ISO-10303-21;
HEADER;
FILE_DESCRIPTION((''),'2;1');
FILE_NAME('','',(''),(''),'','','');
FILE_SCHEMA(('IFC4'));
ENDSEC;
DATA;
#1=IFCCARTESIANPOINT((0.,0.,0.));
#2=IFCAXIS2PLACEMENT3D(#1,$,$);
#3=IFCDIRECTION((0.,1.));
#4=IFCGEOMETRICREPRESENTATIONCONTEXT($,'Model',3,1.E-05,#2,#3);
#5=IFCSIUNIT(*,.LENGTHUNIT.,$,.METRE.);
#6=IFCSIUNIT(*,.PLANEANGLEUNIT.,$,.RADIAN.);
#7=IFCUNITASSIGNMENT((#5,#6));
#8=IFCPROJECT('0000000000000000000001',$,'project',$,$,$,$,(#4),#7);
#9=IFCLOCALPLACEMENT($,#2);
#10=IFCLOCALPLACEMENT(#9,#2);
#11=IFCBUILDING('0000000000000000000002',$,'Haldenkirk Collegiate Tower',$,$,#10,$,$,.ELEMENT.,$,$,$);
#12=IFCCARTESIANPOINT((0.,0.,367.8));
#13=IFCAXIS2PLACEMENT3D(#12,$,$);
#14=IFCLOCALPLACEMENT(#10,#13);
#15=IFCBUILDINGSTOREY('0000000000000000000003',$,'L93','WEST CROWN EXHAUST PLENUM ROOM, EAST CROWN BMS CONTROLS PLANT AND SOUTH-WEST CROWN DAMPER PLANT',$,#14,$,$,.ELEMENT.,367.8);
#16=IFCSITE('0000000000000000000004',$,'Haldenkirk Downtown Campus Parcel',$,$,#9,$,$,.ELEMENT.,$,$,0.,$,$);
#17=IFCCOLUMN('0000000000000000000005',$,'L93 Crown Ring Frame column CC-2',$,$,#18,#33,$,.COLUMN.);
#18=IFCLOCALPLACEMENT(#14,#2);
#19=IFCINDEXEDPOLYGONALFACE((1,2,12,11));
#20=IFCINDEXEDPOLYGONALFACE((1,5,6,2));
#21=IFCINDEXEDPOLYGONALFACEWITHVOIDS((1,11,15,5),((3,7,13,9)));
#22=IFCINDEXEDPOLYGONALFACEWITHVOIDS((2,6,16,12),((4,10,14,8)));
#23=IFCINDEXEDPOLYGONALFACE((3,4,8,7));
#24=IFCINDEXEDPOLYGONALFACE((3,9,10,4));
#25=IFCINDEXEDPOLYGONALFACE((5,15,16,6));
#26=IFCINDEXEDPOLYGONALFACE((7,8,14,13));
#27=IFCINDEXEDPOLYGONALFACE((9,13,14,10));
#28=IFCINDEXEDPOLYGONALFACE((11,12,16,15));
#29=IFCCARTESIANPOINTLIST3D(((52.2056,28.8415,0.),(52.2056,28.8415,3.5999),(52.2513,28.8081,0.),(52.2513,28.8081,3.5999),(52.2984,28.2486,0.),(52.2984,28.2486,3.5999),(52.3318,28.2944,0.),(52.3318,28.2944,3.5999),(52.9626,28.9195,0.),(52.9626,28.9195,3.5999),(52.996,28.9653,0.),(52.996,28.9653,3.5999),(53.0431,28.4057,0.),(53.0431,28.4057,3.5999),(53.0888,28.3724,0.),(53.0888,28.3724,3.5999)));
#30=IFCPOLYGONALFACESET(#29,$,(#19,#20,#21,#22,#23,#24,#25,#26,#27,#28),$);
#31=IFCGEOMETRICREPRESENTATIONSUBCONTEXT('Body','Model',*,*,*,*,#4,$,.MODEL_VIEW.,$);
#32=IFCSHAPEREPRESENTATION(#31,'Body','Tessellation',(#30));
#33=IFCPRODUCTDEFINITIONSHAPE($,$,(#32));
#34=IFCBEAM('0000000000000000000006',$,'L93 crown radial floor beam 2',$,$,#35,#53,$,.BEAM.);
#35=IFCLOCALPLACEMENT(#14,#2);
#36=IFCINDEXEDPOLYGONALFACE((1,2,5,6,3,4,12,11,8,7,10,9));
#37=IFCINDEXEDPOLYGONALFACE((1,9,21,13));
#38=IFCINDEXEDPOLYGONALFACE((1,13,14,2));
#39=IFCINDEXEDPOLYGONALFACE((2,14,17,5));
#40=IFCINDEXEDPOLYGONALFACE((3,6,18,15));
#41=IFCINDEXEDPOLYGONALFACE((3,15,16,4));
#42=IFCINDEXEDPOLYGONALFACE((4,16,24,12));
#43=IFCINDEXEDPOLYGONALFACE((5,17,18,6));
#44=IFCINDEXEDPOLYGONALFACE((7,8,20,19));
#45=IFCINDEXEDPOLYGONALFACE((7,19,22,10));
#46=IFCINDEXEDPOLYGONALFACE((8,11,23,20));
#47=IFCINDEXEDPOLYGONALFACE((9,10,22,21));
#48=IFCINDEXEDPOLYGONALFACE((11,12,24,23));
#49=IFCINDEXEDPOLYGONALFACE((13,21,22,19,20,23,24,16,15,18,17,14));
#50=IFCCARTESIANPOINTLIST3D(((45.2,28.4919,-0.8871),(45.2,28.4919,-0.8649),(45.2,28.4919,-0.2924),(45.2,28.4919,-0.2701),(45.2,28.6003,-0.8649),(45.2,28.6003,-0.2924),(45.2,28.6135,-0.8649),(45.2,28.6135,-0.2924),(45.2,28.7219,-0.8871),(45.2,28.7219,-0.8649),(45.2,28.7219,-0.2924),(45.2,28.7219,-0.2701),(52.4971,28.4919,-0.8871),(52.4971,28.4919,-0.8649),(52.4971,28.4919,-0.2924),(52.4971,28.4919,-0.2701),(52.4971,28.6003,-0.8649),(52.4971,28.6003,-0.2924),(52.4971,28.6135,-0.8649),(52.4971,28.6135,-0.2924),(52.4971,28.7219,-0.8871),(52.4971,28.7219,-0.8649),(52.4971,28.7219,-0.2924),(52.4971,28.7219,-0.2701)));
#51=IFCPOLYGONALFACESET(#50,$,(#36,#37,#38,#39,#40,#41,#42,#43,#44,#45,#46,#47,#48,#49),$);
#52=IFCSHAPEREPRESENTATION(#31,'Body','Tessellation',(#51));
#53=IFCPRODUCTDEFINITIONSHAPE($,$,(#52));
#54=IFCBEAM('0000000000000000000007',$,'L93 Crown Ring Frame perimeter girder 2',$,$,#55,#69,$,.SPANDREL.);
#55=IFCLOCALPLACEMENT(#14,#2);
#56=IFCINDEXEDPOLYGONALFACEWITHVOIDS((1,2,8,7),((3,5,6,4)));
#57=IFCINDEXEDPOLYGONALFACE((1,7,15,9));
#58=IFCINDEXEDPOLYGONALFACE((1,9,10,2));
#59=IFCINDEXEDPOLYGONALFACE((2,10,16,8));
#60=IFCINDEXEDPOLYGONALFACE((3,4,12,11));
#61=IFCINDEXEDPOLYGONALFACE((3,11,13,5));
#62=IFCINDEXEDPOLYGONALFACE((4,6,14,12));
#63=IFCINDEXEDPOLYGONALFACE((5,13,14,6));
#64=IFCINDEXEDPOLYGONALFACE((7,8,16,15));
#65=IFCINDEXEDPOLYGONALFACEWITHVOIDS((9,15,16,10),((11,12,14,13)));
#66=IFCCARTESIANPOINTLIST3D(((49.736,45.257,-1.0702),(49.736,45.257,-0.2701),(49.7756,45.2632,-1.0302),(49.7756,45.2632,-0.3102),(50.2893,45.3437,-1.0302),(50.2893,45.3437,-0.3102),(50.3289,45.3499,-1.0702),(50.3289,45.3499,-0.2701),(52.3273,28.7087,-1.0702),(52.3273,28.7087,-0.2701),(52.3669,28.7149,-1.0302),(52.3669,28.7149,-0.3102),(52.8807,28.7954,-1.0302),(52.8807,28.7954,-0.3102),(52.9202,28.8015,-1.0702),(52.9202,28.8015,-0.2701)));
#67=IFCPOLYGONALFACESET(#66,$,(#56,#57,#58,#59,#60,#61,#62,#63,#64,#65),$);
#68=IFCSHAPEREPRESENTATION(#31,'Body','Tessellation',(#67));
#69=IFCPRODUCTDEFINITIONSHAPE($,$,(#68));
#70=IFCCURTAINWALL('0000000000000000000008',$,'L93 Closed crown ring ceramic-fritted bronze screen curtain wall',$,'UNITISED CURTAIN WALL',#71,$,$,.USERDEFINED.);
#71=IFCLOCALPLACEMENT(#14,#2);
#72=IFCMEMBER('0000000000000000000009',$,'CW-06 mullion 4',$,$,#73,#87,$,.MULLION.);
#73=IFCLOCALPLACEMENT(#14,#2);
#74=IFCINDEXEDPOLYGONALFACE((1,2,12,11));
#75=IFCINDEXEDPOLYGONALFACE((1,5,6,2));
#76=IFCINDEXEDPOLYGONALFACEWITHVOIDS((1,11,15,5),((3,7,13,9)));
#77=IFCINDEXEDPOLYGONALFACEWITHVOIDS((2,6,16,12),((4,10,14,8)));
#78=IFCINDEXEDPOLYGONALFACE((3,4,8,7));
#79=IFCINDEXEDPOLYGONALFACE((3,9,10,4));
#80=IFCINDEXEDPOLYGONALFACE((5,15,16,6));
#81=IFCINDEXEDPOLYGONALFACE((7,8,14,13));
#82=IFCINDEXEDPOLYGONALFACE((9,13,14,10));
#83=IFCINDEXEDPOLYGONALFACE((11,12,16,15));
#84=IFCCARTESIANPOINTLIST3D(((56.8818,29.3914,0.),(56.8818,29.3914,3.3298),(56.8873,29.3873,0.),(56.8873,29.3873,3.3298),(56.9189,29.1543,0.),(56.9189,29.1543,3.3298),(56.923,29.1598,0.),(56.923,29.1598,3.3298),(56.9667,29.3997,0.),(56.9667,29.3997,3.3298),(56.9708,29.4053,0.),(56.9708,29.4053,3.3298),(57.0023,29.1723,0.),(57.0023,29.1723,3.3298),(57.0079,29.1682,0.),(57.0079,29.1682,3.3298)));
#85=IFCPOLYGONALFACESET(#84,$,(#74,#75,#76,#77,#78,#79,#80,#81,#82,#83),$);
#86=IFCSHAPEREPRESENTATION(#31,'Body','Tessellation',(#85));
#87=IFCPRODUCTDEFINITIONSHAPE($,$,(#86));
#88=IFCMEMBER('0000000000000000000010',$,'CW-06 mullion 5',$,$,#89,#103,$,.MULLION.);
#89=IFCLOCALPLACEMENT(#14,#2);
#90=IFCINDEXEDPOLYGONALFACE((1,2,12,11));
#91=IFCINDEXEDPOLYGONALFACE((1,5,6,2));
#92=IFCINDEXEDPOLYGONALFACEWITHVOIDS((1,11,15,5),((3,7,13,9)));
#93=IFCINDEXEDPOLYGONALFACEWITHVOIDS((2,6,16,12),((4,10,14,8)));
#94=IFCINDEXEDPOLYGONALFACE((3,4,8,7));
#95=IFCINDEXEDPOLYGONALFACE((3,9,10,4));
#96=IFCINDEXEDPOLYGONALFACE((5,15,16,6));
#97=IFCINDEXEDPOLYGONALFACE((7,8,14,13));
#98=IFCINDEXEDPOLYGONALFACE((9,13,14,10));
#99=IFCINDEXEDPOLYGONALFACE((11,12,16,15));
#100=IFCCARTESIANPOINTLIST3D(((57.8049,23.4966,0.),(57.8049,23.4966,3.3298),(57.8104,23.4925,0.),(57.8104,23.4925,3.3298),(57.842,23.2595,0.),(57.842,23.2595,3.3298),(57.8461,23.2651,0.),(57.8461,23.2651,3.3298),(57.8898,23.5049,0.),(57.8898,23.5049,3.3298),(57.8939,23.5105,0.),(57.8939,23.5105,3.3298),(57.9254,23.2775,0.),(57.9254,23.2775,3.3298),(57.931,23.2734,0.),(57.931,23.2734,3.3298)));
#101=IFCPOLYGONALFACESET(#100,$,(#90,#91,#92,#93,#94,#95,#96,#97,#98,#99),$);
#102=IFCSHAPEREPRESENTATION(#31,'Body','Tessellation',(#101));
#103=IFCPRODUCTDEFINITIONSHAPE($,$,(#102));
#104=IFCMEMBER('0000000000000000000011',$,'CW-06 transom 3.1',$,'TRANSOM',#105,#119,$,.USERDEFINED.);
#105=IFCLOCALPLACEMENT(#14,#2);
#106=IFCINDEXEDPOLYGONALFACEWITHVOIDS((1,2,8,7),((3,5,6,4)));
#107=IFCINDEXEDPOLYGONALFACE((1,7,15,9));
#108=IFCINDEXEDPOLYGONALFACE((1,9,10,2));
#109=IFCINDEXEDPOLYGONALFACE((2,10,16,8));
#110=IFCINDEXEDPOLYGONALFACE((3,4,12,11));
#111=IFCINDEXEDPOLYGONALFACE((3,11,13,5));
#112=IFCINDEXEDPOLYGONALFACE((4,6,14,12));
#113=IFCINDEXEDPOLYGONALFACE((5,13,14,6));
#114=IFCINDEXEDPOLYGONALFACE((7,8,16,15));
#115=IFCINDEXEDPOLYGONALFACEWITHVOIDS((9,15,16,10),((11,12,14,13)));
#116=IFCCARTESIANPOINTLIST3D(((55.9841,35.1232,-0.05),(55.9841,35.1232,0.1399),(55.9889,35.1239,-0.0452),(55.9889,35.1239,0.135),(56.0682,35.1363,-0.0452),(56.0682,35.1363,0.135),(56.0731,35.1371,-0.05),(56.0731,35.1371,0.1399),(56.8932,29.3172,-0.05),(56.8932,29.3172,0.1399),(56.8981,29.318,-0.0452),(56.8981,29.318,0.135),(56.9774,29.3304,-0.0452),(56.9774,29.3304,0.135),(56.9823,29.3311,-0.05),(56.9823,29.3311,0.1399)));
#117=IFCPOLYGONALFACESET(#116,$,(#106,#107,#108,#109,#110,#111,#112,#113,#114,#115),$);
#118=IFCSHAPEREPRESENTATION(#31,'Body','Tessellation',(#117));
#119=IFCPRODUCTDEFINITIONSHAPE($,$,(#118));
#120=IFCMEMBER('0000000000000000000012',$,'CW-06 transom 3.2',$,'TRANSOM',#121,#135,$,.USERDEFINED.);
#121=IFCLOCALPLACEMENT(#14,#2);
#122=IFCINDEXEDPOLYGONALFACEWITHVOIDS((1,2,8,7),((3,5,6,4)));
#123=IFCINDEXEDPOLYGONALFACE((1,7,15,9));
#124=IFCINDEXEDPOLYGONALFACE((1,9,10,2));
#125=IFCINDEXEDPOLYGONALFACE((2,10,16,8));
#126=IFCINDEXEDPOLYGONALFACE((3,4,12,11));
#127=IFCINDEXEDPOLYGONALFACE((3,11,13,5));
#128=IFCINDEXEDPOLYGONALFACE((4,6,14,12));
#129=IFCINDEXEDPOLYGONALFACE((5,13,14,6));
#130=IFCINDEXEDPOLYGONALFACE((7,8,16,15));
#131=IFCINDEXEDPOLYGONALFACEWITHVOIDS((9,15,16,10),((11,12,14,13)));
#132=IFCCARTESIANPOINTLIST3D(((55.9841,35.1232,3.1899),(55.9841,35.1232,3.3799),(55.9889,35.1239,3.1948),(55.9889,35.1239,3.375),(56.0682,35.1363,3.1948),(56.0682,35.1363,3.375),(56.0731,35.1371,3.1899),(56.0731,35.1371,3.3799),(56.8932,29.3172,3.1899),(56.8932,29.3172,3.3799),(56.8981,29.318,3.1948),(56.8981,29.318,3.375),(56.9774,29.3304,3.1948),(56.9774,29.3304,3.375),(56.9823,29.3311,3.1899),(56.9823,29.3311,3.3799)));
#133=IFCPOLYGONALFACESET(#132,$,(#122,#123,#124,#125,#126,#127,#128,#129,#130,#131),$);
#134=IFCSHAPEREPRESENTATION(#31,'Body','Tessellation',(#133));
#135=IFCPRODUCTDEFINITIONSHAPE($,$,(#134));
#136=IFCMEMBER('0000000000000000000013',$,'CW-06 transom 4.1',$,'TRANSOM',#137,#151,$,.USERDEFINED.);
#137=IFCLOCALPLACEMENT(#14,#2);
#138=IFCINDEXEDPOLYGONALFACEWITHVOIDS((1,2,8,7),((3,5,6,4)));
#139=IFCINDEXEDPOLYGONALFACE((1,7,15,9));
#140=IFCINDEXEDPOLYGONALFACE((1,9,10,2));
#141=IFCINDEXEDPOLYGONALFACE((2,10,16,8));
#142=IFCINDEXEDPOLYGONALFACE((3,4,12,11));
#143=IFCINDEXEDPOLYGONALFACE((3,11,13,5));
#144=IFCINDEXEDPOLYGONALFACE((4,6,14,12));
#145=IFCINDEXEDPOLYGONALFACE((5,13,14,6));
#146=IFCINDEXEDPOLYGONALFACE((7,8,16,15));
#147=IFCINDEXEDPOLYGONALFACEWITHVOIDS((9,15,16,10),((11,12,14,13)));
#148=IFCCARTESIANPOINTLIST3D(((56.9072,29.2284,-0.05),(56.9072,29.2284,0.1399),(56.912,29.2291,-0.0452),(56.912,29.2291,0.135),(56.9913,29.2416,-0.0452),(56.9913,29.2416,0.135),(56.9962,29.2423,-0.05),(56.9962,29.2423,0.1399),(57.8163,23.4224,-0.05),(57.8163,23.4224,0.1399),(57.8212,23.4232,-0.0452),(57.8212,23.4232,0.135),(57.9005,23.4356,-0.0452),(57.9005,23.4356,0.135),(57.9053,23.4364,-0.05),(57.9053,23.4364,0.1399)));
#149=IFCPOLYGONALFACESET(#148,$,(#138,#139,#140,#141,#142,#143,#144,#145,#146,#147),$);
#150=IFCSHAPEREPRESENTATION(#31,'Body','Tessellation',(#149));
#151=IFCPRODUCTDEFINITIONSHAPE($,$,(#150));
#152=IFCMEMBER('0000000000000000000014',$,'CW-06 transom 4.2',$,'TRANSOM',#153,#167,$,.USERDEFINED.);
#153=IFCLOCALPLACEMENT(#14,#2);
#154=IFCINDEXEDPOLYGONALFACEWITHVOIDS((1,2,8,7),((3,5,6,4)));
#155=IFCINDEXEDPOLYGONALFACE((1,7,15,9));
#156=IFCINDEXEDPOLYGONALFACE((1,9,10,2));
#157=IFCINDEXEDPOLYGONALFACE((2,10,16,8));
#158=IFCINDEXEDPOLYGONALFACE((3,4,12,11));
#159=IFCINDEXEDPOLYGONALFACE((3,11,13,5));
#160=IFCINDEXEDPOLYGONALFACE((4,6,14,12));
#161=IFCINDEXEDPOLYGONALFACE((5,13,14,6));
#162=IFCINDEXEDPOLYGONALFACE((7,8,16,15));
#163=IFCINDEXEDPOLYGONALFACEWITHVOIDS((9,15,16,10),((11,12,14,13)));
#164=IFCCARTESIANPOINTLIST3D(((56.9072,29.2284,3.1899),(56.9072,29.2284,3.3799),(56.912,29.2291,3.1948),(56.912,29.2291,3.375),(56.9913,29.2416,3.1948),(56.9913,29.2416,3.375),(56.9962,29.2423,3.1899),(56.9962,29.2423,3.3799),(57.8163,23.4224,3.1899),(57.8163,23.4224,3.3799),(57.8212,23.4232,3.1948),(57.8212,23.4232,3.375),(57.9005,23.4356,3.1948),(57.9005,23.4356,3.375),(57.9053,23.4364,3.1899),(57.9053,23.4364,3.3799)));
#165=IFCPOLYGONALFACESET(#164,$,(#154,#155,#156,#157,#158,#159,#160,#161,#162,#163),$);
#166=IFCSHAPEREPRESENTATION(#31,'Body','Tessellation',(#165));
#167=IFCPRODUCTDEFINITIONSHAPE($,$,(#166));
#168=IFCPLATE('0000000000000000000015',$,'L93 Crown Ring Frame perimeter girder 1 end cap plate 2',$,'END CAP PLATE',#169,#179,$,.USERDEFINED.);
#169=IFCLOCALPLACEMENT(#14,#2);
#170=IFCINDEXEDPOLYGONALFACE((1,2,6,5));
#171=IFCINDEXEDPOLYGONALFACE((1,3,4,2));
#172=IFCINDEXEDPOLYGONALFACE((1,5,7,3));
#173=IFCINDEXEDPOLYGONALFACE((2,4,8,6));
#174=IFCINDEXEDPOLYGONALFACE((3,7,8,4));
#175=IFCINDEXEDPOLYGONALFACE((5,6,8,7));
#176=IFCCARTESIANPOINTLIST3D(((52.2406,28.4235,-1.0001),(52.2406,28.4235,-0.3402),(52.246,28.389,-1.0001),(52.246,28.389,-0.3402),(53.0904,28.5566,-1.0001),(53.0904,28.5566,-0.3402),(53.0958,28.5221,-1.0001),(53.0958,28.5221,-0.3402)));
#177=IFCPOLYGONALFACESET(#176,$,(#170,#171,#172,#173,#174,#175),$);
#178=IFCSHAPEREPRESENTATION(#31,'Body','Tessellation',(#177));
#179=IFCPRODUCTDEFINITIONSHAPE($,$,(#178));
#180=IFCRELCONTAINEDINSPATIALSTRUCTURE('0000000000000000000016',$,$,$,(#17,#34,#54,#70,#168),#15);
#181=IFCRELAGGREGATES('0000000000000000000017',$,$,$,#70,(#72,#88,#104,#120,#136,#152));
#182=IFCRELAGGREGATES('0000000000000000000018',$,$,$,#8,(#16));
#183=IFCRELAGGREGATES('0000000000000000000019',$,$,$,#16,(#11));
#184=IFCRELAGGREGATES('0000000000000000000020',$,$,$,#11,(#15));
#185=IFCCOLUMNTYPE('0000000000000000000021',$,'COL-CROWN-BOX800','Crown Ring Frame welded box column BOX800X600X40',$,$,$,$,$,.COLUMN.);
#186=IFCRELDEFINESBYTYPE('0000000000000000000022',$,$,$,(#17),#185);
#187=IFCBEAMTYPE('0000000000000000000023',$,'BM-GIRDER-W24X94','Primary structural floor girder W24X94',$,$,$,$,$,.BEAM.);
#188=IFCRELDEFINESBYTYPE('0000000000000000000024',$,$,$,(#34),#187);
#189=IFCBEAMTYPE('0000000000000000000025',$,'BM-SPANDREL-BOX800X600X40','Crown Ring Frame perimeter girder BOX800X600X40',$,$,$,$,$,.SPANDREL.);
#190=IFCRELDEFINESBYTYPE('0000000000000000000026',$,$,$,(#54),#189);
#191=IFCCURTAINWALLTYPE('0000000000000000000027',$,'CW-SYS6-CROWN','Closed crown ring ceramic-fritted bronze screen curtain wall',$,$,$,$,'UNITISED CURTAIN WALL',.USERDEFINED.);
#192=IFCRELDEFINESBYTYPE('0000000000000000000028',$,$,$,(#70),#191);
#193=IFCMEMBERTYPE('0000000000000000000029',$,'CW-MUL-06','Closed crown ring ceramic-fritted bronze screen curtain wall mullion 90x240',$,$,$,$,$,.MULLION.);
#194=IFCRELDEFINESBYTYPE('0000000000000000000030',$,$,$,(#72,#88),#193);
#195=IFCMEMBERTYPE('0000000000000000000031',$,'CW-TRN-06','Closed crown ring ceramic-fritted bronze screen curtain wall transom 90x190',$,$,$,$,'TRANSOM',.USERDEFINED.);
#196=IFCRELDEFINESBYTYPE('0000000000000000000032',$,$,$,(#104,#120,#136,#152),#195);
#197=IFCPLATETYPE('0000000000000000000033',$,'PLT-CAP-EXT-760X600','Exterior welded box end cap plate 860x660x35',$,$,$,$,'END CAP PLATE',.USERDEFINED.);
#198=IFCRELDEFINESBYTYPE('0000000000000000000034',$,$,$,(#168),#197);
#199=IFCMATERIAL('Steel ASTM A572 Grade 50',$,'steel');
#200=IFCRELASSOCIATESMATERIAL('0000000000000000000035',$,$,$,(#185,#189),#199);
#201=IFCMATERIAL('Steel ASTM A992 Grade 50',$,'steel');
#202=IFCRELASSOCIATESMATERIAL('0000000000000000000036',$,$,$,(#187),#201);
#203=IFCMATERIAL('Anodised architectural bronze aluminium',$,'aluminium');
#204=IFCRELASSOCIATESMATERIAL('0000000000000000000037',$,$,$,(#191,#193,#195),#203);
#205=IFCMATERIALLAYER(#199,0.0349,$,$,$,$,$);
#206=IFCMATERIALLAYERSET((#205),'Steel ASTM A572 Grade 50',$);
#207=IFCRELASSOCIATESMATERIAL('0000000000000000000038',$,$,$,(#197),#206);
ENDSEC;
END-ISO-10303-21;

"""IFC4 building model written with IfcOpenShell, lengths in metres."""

from ifc_helpers import new_model, si_unit, direction, frame, origin, origin_2d, place, context, subcontext, project, spatial, rectangle, hollow_rectangle, i_section, extrude, source, transform, mapped, material, layer, layer_set, material_profile, profile_set, type_object, element, aggregate, save


model = new_model("IFC4")

# Units and contexts
model_context = context("Model", 3, precision=1e-05, world=origin(), true_north=direction((0.0, 1.0)))
body_context = subcontext(model_context, "Body", "Model", "MODEL_VIEW")
ifc_project = project(units=[si_unit("LENGTHUNIT", "METRE"), si_unit("PLANEANGLEUNIT", "RADIAN")], contexts=[model_context])

# Site, building, storey
site_placement = place(None, origin())
site = spatial("IfcSite", under=ifc_project, at=site_placement, Name="Haldenkirk Downtown Campus Parcel", CompositionType="ELEMENT", RefElevation=0.0)
building_placement = place(site_placement, origin())
building = spatial("IfcBuilding", under=site, at=building_placement, Name="Haldenkirk Collegiate Tower", CompositionType="ELEMENT")
storey_placement = place(building_placement, frame((0.0, 0.0, 367.8)))
storey = spatial("IfcBuildingStorey", under=building, at=storey_placement, Name="L93", Description="WEST CROWN EXHAUST PLENUM ROOM, EAST CROWN BMS CONTROLS PLANT AND SOUTH-WEST CROWN DAMPER PLANT", CompositionType="ELEMENT", Elevation=367.8)

# Column
ifc_material_1 = material(Name="Steel ASTM A572 Grade 50", Category="steel")
ifc_material_profile_1 = material_profile(ifc_material_1, hollow_rectangle(XDim=0.6001, YDim=0.8, WallThickness=0.04, at=origin_2d()), Name="BOX800X600X40")
ifc_profile_set_1 = profile_set([ifc_material_profile_1], Name="Steel ASTM A572 Grade 50")
column_type = type_object("IfcColumnType", Name="COL-CROWN-BOX800", Description="Crown Ring Frame welded box column BOX800X600X40", PredefinedType="COLUMN", material=ifc_profile_set_1)
column_placement = place(storey_placement, frame((52.6472, 28.6069, 0.0), z_axis=(0.0, 0.0, 1.0), x_axis=(-0.15471, 0.98796, 0.0)))
element("IfcColumn", 1, at=column_placement, inside=storey, type_object=column_type, Name="L93 Crown Ring Frame column CC-2", PredefinedType="COLUMN", context=body_context, shape_type="SweptSolid", body=[
    extrude(hollow_rectangle(XDim=0.6001, YDim=0.8, WallThickness=0.04, at=origin_2d()), origin(), (0.0, 0.0, 1.0), 3.5999),
])

# Beams
ifc_material_2 = material(Name="Steel ASTM A992 Grade 50", Category="steel")
ifc_material_profile_2 = material_profile(ifc_material_2, i_section(OverallWidth=0.23, OverallDepth=0.6169, WebThickness=0.0132, FlangeThickness=0.0222, at=origin_2d()), Name="W24X94")
ifc_profile_set_2 = profile_set([ifc_material_profile_2], Name="Steel ASTM A992 Grade 50")
beam_type_1 = type_object("IfcBeamType", Name="BM-GIRDER-W24X94", Description="Primary structural floor girder W24X94", PredefinedType="BEAM", material=ifc_profile_set_2)
beam_1_placement = place(storey_placement, frame((52.4971, 28.6069, -0.5786), z_axis=(-1.0, 0.0, 0.0), x_axis=(0.0, -1.0, 0.0)))
element("IfcBeam", 2, at=beam_1_placement, inside=storey, type_object=beam_type_1, Name="L93 crown radial floor beam 2", PredefinedType="BEAM", context=body_context, shape_type="SweptSolid", body=[
    extrude(i_section(OverallWidth=0.23, OverallDepth=0.6169, WebThickness=0.0132, FlangeThickness=0.0222, at=origin_2d()), origin(), (0.0, 0.0, 1.0), 7.2971),
])
ifc_material_profile_3 = material_profile(ifc_material_1, hollow_rectangle(XDim=0.6001, YDim=0.8, WallThickness=0.04, at=origin_2d()), Name="BOX800X600X40")
ifc_profile_set_3 = profile_set([ifc_material_profile_3], Name="Steel ASTM A572 Grade 50")
beam_type_2 = type_object("IfcBeamType", Name="BM-SPANDREL-BOX800X600X40", Description="Crown Ring Frame perimeter girder BOX800X600X40", PredefinedType="SPANDREL", material=ifc_profile_set_3)
beam_2_placement = place(storey_placement, frame((52.6238, 28.7551, -0.6702), z_axis=(-0.154705, 0.987961, 0.0), x_axis=(-0.987961, -0.154705, 0.0)))
element("IfcBeam", 3, at=beam_2_placement, inside=storey, type_object=beam_type_2, Name="L93 Crown Ring Frame perimeter girder 2", PredefinedType="SPANDREL", context=body_context, shape_type="SweptSolid", body=[
    extrude(hollow_rectangle(XDim=0.6001, YDim=0.8, WallThickness=0.04, at=origin_2d()), origin(), (0.0, 0.0, 1.0), 16.75),
])

# Curtain wall, members
ifc_material_3 = material(Name="Anodised architectural bronze aluminium", Category="aluminium")
curtain_wall_type = type_object("IfcCurtainWallType", Name="CW-SYS6-CROWN", Description="Closed crown ring ceramic-fritted bronze screen curtain wall", ElementType="UNITISED CURTAIN WALL", PredefinedType="USERDEFINED", material=ifc_material_3)
curtain_wall_placement = place(storey_placement, origin())
curtain_wall = element("IfcCurtainWall", 4, at=curtain_wall_placement, inside=storey, type_object=curtain_wall_type, Name="L93 Closed crown ring ceramic-fritted bronze screen curtain wall", ObjectType="UNITISED CURTAIN WALL", PredefinedType="USERDEFINED")
ifc_material_profile_4 = material_profile(ifc_material_3, hollow_rectangle(XDim=0.0901, YDim=0.24, WallThickness=0.0049, at=origin_2d()), Name="CW-MUL-06")
ifc_profile_set_4 = profile_set([ifc_material_profile_4], Name="Anodised architectural bronze aluminium")
member_type_1 = type_object("IfcMemberType", Name="CW-MUL-06", Description="Closed crown ring ceramic-fritted bronze screen curtain wall mullion 90x240", PredefinedType="MULLION", material=ifc_profile_set_4)
member_1_placement = place(storey_placement, frame((56.9448, 29.2798, 0.0), z_axis=(0.0, 0.0, 1.0), x_axis=(0.98796, 0.154713, 0.0)))
member_1 = element("IfcMember", 5, at=member_1_placement, type_object=member_type_1, Name="CW-06 mullion 4", PredefinedType="MULLION", context=body_context, shape_type="SweptSolid", body=[
    extrude(hollow_rectangle(XDim=0.0901, YDim=0.24, WallThickness=0.0049, at=origin_2d()), origin(), (0.0, 0.0, 1.0), 3.3298),
])
member_2_placement = place(storey_placement, frame((57.8679, 23.385, 0.0), z_axis=(0.0, 0.0, 1.0), x_axis=(0.98796, 0.154713, 0.0)))
member_2 = element("IfcMember", 6, at=member_2_placement, type_object=member_type_1, Name="CW-06 mullion 5", PredefinedType="MULLION", context=body_context, shape_type="SweptSolid", body=[
    extrude(hollow_rectangle(XDim=0.0901, YDim=0.24, WallThickness=0.0049, at=origin_2d()), origin(), (0.0, 0.0, 1.0), 3.3298),
])
ifc_material_profile_5 = material_profile(ifc_material_3, hollow_rectangle(XDim=0.0901, YDim=0.1899, WallThickness=0.0049, at=origin_2d()), Name="CW-TRN-06")
ifc_profile_set_5 = profile_set([ifc_material_profile_5], Name="Anodised architectural bronze aluminium")
member_type_2 = type_object("IfcMemberType", Name="CW-TRN-06", Description="Closed crown ring ceramic-fritted bronze screen curtain wall transom 90x190", ElementType="TRANSOM", PredefinedType="USERDEFINED", material=ifc_profile_set_5)
member_3_placement = place(storey_placement, frame((56.0286, 35.1301, 0.0449), z_axis=(0.15471, -0.98796, 0.0), x_axis=(0.98796, 0.15471, 0.0)))
member_3 = element("IfcMember", 7, at=member_3_placement, type_object=member_type_2, Name="CW-06 transom 3.1", ObjectType="TRANSOM", PredefinedType="USERDEFINED", context=body_context, shape_type="SweptSolid", body=[
    extrude(hollow_rectangle(XDim=0.0901, YDim=0.1899, WallThickness=0.0049, at=origin_2d()), origin(), (0.0, 0.0, 1.0), 5.8767),
])
member_4_placement = place(storey_placement, frame((56.0286, 35.1301, 3.2849), z_axis=(0.15471, -0.98796, 0.0), x_axis=(0.98796, 0.15471, 0.0)))
member_4 = element("IfcMember", 8, at=member_4_placement, type_object=member_type_2, Name="CW-06 transom 3.2", ObjectType="TRANSOM", PredefinedType="USERDEFINED", context=body_context, shape_type="SweptSolid", body=[
    extrude(hollow_rectangle(XDim=0.0901, YDim=0.1899, WallThickness=0.0049, at=origin_2d()), origin(), (0.0, 0.0, 1.0), 5.8767),
])
member_5_placement = place(storey_placement, frame((56.9517, 29.2354, 0.0449), z_axis=(0.15471, -0.98796, 0.0), x_axis=(0.98796, 0.15471, 0.0)))
member_5 = element("IfcMember", 9, at=member_5_placement, type_object=member_type_2, Name="CW-06 transom 4.1", ObjectType="TRANSOM", PredefinedType="USERDEFINED", context=body_context, shape_type="SweptSolid", body=[
    extrude(hollow_rectangle(XDim=0.0901, YDim=0.1899, WallThickness=0.0049, at=origin_2d()), origin(), (0.0, 0.0, 1.0), 5.8767),
])
member_6_placement = place(storey_placement, frame((56.9517, 29.2354, 3.2849), z_axis=(0.15471, -0.98796, 0.0), x_axis=(0.98796, 0.15471, 0.0)))
member_6 = element("IfcMember", 10, at=member_6_placement, type_object=member_type_2, Name="CW-06 transom 4.2", ObjectType="TRANSOM", PredefinedType="USERDEFINED", context=body_context, shape_type="SweptSolid", body=[
    extrude(hollow_rectangle(XDim=0.0901, YDim=0.1899, WallThickness=0.0049, at=origin_2d()), origin(), (0.0, 0.0, 1.0), 5.8767),
])

# Plate
ifc_layer_1 = layer(ifc_material_1, 0.0349)
ifc_layer_set_1 = layer_set([ifc_layer_1], Name="Steel ASTM A572 Grade 50")
plate_type_1 = type_object("IfcPlateType", Name="PLT-CAP-EXT-760X600", Description="Exterior welded box end cap plate 860x660x35", ElementType="END CAP PLATE", PredefinedType="USERDEFINED", material=ifc_layer_set_1)
shared_shape_1 = source(origin(), body_context, "Body", "SweptSolid", [
    extrude(rectangle(XDim=0.8601, YDim=0.6599, at=origin_2d()), origin(), (0.0, 0.0, 1.0), 0.0349),
])
for number, where, z_axis, x_axis, name in (
    (11, (52.6709, 28.4556, -0.6702), (-0.154711, 0.98796, 0.0), (-0.98796, -0.154711, 0.0), "L93 Crown Ring Frame perimeter girder 1 end cap plate 2"),
):
    element("IfcPlate", number, at=place(storey_placement, frame(where, z_axis=z_axis, x_axis=x_axis)), inside=storey, type_object=plate_type_1, Name=name, ObjectType="END CAP PLATE", PredefinedType="USERDEFINED", context=body_context, shape_type="MappedRepresentation", body=[
        mapped(shared_shape_1, transform((0.0, 0.0, 0.0), x_axis=(1.0, 0.0, 0.0), y_axis=(0.0, 1.0, 0.0), z_axis=(0.0, 0.0, 1.0), scale=1.0)),
    ])

aggregate(curtain_wall, [member_1, member_2, member_3, member_4, member_5, member_6])

save(model, "model.ifc")
